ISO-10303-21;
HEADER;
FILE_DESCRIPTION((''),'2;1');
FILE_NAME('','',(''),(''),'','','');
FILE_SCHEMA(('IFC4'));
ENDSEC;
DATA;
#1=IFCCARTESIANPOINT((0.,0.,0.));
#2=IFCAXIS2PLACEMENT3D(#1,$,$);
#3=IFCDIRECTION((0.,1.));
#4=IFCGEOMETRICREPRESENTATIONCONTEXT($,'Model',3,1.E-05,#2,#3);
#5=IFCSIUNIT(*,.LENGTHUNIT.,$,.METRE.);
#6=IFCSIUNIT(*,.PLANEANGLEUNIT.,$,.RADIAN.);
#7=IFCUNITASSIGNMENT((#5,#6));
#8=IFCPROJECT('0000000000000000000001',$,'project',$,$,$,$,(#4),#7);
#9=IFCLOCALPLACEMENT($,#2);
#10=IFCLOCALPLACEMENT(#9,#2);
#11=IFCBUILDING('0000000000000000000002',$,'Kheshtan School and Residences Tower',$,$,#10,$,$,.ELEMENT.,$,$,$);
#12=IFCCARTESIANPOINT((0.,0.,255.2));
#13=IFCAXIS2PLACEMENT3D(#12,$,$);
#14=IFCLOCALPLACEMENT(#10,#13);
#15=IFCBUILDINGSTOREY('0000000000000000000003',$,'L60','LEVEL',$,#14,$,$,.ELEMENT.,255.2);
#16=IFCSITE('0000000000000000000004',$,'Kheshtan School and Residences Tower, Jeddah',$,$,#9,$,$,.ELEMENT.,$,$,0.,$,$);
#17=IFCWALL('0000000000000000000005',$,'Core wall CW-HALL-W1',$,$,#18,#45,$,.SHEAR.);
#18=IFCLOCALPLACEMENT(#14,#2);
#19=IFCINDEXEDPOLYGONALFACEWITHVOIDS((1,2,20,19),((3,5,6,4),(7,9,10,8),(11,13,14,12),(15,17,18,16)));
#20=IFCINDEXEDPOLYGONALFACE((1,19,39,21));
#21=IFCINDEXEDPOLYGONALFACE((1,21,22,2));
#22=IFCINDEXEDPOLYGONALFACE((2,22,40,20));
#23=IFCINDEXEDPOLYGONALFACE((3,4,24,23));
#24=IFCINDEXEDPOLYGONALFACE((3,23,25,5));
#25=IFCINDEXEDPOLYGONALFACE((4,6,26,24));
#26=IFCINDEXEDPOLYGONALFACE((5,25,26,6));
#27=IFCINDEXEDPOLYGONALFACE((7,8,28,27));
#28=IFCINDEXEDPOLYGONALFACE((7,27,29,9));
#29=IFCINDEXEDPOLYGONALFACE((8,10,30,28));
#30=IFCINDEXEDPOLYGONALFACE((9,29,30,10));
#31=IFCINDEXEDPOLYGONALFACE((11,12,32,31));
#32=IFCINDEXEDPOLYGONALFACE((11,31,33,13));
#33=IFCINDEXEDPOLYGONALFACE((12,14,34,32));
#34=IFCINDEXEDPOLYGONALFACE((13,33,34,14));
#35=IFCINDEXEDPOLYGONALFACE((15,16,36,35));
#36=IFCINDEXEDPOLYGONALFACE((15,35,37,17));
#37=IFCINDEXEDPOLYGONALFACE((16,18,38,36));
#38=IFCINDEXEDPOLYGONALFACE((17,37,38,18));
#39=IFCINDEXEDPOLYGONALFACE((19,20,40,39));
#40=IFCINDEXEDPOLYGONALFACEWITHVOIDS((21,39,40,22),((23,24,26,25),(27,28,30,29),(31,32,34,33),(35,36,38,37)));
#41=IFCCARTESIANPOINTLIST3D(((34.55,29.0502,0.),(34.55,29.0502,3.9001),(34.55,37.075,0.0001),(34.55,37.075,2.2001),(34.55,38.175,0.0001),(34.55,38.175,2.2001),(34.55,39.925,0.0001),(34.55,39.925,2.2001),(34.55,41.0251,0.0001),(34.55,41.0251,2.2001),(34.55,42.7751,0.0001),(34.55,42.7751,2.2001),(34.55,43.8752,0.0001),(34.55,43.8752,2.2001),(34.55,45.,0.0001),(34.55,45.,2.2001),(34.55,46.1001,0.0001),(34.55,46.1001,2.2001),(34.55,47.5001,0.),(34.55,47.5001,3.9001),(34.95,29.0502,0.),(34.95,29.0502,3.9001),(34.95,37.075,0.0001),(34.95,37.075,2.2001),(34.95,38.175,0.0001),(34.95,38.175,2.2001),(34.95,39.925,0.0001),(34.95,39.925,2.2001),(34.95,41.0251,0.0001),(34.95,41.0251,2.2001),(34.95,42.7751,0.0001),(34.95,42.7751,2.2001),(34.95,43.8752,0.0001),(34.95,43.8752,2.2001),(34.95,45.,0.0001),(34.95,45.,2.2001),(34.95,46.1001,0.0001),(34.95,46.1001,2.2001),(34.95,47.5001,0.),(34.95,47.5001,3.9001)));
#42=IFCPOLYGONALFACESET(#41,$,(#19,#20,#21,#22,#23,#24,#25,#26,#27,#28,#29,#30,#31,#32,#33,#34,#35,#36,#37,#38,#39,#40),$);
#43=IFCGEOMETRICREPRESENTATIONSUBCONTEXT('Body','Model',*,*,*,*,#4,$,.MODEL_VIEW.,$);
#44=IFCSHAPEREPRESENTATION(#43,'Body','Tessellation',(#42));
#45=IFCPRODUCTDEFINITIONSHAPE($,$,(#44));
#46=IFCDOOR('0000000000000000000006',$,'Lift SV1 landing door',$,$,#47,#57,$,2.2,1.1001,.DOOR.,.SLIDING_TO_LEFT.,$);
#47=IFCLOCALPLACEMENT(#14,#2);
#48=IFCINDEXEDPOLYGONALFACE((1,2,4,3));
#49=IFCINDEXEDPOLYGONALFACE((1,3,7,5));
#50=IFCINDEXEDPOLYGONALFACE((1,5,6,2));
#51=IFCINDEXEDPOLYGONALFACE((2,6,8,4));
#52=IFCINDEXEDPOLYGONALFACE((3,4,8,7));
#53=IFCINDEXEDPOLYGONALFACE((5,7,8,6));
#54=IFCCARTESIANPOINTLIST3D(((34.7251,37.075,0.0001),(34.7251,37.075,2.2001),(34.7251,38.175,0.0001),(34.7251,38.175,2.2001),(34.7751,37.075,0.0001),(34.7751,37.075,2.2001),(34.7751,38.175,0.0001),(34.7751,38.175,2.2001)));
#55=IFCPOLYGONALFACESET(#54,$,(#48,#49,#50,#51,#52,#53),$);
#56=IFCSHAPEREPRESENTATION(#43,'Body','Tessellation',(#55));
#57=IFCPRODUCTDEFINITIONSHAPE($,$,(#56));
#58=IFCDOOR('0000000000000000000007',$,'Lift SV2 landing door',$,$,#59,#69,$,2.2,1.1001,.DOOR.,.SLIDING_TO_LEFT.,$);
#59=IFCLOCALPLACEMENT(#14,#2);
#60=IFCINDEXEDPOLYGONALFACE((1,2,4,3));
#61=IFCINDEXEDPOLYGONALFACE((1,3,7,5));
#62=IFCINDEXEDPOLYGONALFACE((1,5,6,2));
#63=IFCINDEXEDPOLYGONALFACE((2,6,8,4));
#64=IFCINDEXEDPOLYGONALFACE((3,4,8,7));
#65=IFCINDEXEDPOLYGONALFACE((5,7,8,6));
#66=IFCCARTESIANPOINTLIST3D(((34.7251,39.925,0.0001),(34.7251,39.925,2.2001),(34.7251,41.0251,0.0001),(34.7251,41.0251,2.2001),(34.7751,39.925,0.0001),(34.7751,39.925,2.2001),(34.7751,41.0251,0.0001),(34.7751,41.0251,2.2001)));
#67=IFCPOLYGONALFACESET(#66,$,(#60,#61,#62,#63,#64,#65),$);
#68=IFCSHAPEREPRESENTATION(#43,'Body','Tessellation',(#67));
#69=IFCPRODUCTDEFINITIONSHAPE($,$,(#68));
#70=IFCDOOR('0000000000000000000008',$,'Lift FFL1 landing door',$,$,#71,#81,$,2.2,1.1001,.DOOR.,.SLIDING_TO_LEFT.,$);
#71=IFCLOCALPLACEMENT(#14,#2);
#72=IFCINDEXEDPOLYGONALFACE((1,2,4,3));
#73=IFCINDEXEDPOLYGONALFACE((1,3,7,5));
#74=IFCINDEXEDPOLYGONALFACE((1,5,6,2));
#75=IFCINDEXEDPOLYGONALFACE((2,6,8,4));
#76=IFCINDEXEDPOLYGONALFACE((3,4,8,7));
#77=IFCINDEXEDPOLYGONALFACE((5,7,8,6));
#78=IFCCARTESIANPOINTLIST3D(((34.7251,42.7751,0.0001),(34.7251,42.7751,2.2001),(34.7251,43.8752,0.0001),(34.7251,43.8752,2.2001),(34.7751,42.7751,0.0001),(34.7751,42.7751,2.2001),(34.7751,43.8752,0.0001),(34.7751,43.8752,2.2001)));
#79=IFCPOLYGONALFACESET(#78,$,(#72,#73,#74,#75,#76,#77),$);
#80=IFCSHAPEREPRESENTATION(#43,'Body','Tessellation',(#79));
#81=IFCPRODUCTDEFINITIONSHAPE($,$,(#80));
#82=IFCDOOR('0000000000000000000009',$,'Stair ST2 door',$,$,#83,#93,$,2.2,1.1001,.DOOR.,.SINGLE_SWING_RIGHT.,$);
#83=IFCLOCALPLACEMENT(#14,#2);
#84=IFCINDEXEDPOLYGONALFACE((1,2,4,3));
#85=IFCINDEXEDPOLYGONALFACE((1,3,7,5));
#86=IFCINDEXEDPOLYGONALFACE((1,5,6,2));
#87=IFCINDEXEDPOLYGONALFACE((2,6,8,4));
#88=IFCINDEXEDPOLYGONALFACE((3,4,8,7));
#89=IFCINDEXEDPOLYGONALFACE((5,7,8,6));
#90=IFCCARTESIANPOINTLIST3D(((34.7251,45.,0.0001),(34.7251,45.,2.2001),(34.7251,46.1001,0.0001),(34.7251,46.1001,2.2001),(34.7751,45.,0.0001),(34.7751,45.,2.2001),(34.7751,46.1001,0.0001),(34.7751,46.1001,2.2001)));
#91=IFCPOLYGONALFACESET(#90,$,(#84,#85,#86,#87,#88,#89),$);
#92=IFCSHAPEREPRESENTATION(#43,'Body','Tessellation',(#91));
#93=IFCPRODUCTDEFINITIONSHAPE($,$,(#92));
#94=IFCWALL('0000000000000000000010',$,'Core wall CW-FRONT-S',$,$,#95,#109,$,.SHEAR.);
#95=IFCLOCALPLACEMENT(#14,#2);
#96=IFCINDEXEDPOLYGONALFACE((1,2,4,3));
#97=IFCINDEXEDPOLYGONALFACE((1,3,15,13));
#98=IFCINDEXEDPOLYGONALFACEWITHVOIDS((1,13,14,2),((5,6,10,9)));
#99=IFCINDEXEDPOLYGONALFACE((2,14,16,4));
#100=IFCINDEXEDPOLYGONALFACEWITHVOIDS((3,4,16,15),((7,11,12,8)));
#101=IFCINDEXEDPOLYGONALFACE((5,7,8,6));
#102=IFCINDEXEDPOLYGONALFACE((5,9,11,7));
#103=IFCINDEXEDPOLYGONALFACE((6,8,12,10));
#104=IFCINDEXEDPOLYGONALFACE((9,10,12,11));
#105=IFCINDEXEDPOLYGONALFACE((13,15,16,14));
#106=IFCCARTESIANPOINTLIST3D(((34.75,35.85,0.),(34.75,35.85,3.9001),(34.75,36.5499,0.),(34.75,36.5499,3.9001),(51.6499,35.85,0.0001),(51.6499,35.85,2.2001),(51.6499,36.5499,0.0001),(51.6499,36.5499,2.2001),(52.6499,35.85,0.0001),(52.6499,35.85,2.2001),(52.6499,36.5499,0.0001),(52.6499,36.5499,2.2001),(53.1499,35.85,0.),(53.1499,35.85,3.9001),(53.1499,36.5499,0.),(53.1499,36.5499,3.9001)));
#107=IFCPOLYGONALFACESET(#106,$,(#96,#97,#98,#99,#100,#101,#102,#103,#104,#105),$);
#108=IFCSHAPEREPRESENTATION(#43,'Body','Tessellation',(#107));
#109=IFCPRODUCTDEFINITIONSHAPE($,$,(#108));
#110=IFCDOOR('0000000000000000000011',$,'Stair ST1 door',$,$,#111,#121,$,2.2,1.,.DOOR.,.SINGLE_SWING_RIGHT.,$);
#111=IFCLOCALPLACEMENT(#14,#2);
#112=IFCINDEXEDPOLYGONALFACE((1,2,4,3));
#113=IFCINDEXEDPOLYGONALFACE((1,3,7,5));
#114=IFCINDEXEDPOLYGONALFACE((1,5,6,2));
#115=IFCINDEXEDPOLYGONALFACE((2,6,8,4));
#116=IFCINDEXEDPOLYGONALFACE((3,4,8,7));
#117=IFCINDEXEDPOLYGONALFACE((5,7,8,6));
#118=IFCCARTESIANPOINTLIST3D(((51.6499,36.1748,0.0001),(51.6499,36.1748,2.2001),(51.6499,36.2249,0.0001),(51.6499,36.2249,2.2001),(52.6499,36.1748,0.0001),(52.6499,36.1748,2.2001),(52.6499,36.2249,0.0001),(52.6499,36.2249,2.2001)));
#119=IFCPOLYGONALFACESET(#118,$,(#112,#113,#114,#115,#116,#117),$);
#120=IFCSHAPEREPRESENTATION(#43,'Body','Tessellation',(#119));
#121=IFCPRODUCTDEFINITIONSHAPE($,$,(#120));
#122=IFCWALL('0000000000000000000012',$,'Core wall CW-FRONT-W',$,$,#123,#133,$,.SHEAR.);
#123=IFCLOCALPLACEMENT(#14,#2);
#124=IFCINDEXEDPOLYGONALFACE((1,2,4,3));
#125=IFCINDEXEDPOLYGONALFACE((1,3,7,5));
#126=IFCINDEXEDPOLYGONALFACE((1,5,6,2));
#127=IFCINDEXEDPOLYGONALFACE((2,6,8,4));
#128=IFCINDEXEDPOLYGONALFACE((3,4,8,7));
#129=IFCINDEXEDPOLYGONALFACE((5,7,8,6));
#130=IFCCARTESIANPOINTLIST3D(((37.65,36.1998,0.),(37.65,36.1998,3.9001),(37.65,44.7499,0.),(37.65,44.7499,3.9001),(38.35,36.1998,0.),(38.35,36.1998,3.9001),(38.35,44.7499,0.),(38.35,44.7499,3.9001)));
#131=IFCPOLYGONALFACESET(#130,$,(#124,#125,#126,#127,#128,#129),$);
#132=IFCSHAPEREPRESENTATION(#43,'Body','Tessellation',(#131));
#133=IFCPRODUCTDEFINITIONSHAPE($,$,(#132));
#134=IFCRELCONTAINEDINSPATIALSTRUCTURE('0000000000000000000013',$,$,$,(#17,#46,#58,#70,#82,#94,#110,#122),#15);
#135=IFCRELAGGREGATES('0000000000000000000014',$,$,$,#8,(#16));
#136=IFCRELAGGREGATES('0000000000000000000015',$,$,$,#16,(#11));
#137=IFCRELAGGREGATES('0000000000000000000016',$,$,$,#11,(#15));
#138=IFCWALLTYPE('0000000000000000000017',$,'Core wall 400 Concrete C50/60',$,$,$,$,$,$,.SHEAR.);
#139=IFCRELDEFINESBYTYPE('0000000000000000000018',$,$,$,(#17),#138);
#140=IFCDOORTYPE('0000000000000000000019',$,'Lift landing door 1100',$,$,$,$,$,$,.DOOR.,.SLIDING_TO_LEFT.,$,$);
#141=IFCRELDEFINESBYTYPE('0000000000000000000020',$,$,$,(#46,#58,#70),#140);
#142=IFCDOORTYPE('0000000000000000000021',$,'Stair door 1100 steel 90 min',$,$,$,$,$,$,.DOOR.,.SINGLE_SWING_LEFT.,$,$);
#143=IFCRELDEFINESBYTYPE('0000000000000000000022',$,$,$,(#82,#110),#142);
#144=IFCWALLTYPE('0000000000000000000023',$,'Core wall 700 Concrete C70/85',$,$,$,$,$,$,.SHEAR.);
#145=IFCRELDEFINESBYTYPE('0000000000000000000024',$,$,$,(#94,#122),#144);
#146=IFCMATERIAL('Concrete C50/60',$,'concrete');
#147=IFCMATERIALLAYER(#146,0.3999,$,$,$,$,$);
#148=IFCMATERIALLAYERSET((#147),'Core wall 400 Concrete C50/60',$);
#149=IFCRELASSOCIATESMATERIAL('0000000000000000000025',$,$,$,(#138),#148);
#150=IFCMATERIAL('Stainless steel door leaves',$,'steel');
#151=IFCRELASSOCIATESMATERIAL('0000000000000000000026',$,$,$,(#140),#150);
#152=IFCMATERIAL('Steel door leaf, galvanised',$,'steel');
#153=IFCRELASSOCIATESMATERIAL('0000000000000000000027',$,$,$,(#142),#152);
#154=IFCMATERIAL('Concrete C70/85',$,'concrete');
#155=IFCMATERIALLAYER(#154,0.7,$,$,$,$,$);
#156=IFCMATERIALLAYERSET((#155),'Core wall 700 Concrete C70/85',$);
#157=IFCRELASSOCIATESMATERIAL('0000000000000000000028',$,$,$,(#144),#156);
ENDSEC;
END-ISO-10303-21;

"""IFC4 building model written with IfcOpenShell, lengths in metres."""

from ifc_helpers import new_model, si_unit, direction, frame, frame_2d, origin, place, context, subcontext, project, spatial, rectangle, extrude, source, transform, mapped, material, layer, layer_set, type_object, element, fill, save


model = new_model("IFC4")

# Units and contexts
model_context = context("Model", 3, precision=1e-05, world=origin(), true_north=direction((0.0, 1.0)))
body_context = subcontext(model_context, "Body", "Model", "MODEL_VIEW")
ifc_project = project(units=[si_unit("LENGTHUNIT", "METRE"), si_unit("PLANEANGLEUNIT", "RADIAN")], contexts=[model_context])

# Site, building, storey
site_placement = place(None, origin())
site = spatial("IfcSite", under=ifc_project, at=site_placement, Name="Kheshtan School and Residences Tower, Jeddah", CompositionType="ELEMENT", RefElevation=0.0)
building_placement = place(site_placement, origin())
building = spatial("IfcBuilding", under=site, at=building_placement, Name="Kheshtan School and Residences Tower", CompositionType="ELEMENT")
storey_placement = place(building_placement, frame((0.0, 0.0, 255.2)))
storey = spatial("IfcBuildingStorey", under=building, at=storey_placement, Name="L60", Description="LEVEL", CompositionType="ELEMENT", Elevation=255.2)

# Shared definitions
ifc_material_1 = material(Name="Concrete C50/60", Category="concrete")
ifc_layer_1 = layer(ifc_material_1, 0.3999)
ifc_layer_set_1 = layer_set([ifc_layer_1], Name="Core wall 400 Concrete C50/60")
wall_type_1 = type_object("IfcWallType", Name="Core wall 400 Concrete C50/60", PredefinedType="SHEAR", material=ifc_layer_set_1)
ifc_material_2 = material(Name="Stainless steel door leaves", Category="steel")
door_type_1 = type_object("IfcDoorType", Name="Lift landing door 1100", OperationType="SLIDING_TO_LEFT", PredefinedType="DOOR", material=ifc_material_2)
shared_shape_1 = source(origin(), body_context, "Body", "SweptSolid", [
    extrude(rectangle(XDim=1.1001, YDim=2.2, at=frame_2d((0.55, 1.1001))), frame((0.0, 0.0249, 0.0), z_axis=(0.0, -1.0, 0.0), x_axis=(1.0, 0.0, 0.0)), (0.0, 0.0, 1.0), 0.05),
])

# Wall, openings, doors
wall_1_placement = place(storey_placement, frame((34.75, 29.05, 0.0), z_axis=(0.0, 0.0, 1.0), x_axis=(0.0, 1.0, 0.0)))
wall_1 = element("IfcWall", 1, at=wall_1_placement, inside=storey, type_object=wall_type_1, Name="Core wall CW-HALL-W1", PredefinedType="SHEAR", context=body_context, shape_type="SweptSolid", body=[
    extrude(rectangle(XDim=18.45, YDim=0.3999, at=frame_2d((9.2251, 0.0))), origin(), (0.0, 0.0, 1.0), 3.9001),
])
opening_1_placement = place(wall_1_placement, frame((8.0249, 0.0, 0.0)))
opening_1 = element("IfcOpeningElement", 2, at=opening_1_placement, cuts=wall_1, PredefinedType="OPENING", context=body_context, shape_type="SweptSolid", body=[
    extrude(rectangle(XDim=1.1001, YDim=2.2, at=frame_2d((0.55, 1.1001))), frame((0.0, 0.21, 0.0), z_axis=(0.0, -1.0, 0.0), x_axis=(1.0, 0.0, 0.0)), (0.0, 0.0, 1.0), 0.4199),
])
opening_2_placement = place(wall_1_placement, frame((10.875, 0.0, 0.0)))
opening_2 = element("IfcOpeningElement", 3, at=opening_2_placement, cuts=wall_1, PredefinedType="OPENING", context=body_context, shape_type="SweptSolid", body=[
    extrude(rectangle(XDim=1.1001, YDim=2.2, at=frame_2d((0.55, 1.1001))), frame((0.0, 0.21, 0.0), z_axis=(0.0, -1.0, 0.0), x_axis=(1.0, 0.0, 0.0)), (0.0, 0.0, 1.0), 0.4199),
])
opening_3_placement = place(wall_1_placement, frame((13.7251, 0.0, 0.0)))
opening_3 = element("IfcOpeningElement", 4, at=opening_3_placement, cuts=wall_1, PredefinedType="OPENING", context=body_context, shape_type="SweptSolid", body=[
    extrude(rectangle(XDim=1.1001, YDim=2.2, at=frame_2d((0.55, 1.1001))), frame((0.0, 0.21, 0.0), z_axis=(0.0, -1.0, 0.0), x_axis=(1.0, 0.0, 0.0)), (0.0, 0.0, 1.0), 0.4199),
])
opening_4_placement = place(wall_1_placement, frame((15.95, 0.0, 0.0)))
opening_4 = element("IfcOpeningElement", 5, at=opening_4_placement, cuts=wall_1, PredefinedType="OPENING", context=body_context, shape_type="SweptSolid", body=[
    extrude(rectangle(XDim=1.1001, YDim=2.2, at=frame_2d((0.55, 1.1001))), frame((0.0, 0.21, 0.0), z_axis=(0.0, -1.0, 0.0), x_axis=(1.0, 0.0, 0.0)), (0.0, 0.0, 1.0), 0.4199),
])
door_1_placement = place(opening_1_placement, origin())
door_1 = element("IfcDoor", 6, at=door_1_placement, inside=storey, type_object=door_type_1, Name="Lift SV1 landing door", OperationType="SLIDING_TO_LEFT", OverallHeight=2.2, OverallWidth=1.1001, PredefinedType="DOOR", context=body_context, shape_type="MappedRepresentation", body=[
    mapped(shared_shape_1, transform((0.0, 0.0, 0.0), x_axis=(1.0, 0.0, 0.0), y_axis=(0.0, 1.0, 0.0), z_axis=(0.0, 0.0, 1.0), scale=1.0)),
])
fill(opening_1, door_1)
door_2_placement = place(opening_2_placement, origin())
door_2 = element("IfcDoor", 7, at=door_2_placement, inside=storey, type_object=door_type_1, Name="Lift SV2 landing door", OperationType="SLIDING_TO_LEFT", OverallHeight=2.2, OverallWidth=1.1001, PredefinedType="DOOR", context=body_context, shape_type="MappedRepresentation", body=[
    mapped(shared_shape_1, transform((0.0, 0.0, 0.0), x_axis=(1.0, 0.0, 0.0), y_axis=(0.0, 1.0, 0.0), z_axis=(0.0, 0.0, 1.0), scale=1.0)),
])
fill(opening_2, door_2)
door_3_placement = place(opening_3_placement, origin())
door_3 = element("IfcDoor", 8, at=door_3_placement, inside=storey, type_object=door_type_1, Name="Lift FFL1 landing door", OperationType="SLIDING_TO_LEFT", OverallHeight=2.2, OverallWidth=1.1001, PredefinedType="DOOR", context=body_context, shape_type="MappedRepresentation", body=[
    mapped(shared_shape_1, transform((0.0, 0.0, 0.0), x_axis=(1.0, 0.0, 0.0), y_axis=(0.0, 1.0, 0.0), z_axis=(0.0, 0.0, 1.0), scale=1.0)),
])
fill(opening_3, door_3)
ifc_material_3 = material(Name="Steel door leaf, galvanised", Category="steel")
door_type_2 = type_object("IfcDoorType", Name="Stair door 1100 steel 90 min", OperationType="SINGLE_SWING_LEFT", PredefinedType="DOOR", material=ifc_material_3)
shared_shape_2 = source(origin(), body_context, "Body", "SweptSolid", [
    extrude(rectangle(XDim=1.1001, YDim=2.2, at=frame_2d((0.55, 1.1001))), frame((0.0, 0.0249, 0.0), z_axis=(0.0, -1.0, 0.0), x_axis=(1.0, 0.0, 0.0)), (0.0, 0.0, 1.0), 0.05),
])
door_4_placement = place(opening_4_placement, origin())
door_4 = element("IfcDoor", 9, at=door_4_placement, inside=storey, type_object=door_type_2, Name="Stair ST2 door", OperationType="SINGLE_SWING_RIGHT", OverallHeight=2.2, OverallWidth=1.1001, PredefinedType="DOOR", context=body_context, shape_type="MappedRepresentation", body=[
    mapped(shared_shape_2, transform((0.0, 0.0, 0.0), x_axis=(1.0, 0.0, 0.0), y_axis=(0.0, 1.0, 0.0), z_axis=(0.0, 0.0, 1.0), scale=1.0)),
])
fill(opening_4, door_4)

# Wall, opening, door
ifc_material_4 = material(Name="Concrete C70/85", Category="concrete")
ifc_layer_2 = layer(ifc_material_4, 0.7)
ifc_layer_set_2 = layer_set([ifc_layer_2], Name="Core wall 700 Concrete C70/85")
wall_type_2 = type_object("IfcWallType", Name="Core wall 700 Concrete C70/85", PredefinedType="SHEAR", material=ifc_layer_set_2)
wall_2_placement = place(storey_placement, frame((34.75, 36.2, 0.0), z_axis=(0.0, 0.0, 1.0), x_axis=(1.0, 0.0, 0.0)))
wall_2 = element("IfcWall", 10, at=wall_2_placement, inside=storey, type_object=wall_type_2, Name="Core wall CW-FRONT-S", PredefinedType="SHEAR", context=body_context, shape_type="SweptSolid", body=[
    extrude(rectangle(XDim=18.3999, YDim=0.7, at=frame_2d((9.2, 0.0))), origin(), (0.0, 0.0, 1.0), 3.9001),
])
opening_5_placement = place(wall_2_placement, frame((16.8999, 0.0, 0.0)))
opening_5 = element("IfcOpeningElement", 11, at=opening_5_placement, cuts=wall_2, PredefinedType="OPENING", context=body_context, shape_type="SweptSolid", body=[
    extrude(rectangle(XDim=1.0, YDim=2.2, at=frame_2d((0.5, 1.1001))), frame((0.0, 0.3599, 0.0), z_axis=(0.0, -1.0, 0.0), x_axis=(1.0, 0.0, 0.0)), (0.0, 0.0, 1.0), 0.72),
])
shared_shape_3 = source(origin(), body_context, "Body", "SweptSolid", [
    extrude(rectangle(XDim=1.0, YDim=2.2, at=frame_2d((0.5, 1.1001))), frame((0.0, 0.0249, 0.0), z_axis=(0.0, -1.0, 0.0), x_axis=(1.0, 0.0, 0.0)), (0.0, 0.0, 1.0), 0.05),
])
door_5_placement = place(opening_5_placement, origin())
door_5 = element("IfcDoor", 12, at=door_5_placement, inside=storey, type_object=door_type_2, Name="Stair ST1 door", OperationType="SINGLE_SWING_RIGHT", OverallHeight=2.2, OverallWidth=1.0, PredefinedType="DOOR", context=body_context, shape_type="MappedRepresentation", body=[
    mapped(shared_shape_3, transform((0.0, 0.0, 0.0), x_axis=(1.0, 0.0, 0.0), y_axis=(0.0, 1.0, 0.0), z_axis=(0.0, 0.0, 1.0), scale=1.0)),
])
fill(opening_5, door_5)

# Wall
wall_3_placement = place(storey_placement, frame((38.0, 36.2, 0.0), z_axis=(0.0, 0.0, 1.0), x_axis=(0.0, 1.0, 0.0)))
element("IfcWall", 13, at=wall_3_placement, inside=storey, type_object=wall_type_2, Name="Core wall CW-FRONT-W", PredefinedType="SHEAR", context=body_context, shape_type="SweptSolid", body=[
    extrude(rectangle(XDim=8.55, YDim=0.7, at=frame_2d((4.2749, 0.0))), origin(), (0.0, 0.0, 1.0), 3.9001),
])

save(model, "model.ifc")
